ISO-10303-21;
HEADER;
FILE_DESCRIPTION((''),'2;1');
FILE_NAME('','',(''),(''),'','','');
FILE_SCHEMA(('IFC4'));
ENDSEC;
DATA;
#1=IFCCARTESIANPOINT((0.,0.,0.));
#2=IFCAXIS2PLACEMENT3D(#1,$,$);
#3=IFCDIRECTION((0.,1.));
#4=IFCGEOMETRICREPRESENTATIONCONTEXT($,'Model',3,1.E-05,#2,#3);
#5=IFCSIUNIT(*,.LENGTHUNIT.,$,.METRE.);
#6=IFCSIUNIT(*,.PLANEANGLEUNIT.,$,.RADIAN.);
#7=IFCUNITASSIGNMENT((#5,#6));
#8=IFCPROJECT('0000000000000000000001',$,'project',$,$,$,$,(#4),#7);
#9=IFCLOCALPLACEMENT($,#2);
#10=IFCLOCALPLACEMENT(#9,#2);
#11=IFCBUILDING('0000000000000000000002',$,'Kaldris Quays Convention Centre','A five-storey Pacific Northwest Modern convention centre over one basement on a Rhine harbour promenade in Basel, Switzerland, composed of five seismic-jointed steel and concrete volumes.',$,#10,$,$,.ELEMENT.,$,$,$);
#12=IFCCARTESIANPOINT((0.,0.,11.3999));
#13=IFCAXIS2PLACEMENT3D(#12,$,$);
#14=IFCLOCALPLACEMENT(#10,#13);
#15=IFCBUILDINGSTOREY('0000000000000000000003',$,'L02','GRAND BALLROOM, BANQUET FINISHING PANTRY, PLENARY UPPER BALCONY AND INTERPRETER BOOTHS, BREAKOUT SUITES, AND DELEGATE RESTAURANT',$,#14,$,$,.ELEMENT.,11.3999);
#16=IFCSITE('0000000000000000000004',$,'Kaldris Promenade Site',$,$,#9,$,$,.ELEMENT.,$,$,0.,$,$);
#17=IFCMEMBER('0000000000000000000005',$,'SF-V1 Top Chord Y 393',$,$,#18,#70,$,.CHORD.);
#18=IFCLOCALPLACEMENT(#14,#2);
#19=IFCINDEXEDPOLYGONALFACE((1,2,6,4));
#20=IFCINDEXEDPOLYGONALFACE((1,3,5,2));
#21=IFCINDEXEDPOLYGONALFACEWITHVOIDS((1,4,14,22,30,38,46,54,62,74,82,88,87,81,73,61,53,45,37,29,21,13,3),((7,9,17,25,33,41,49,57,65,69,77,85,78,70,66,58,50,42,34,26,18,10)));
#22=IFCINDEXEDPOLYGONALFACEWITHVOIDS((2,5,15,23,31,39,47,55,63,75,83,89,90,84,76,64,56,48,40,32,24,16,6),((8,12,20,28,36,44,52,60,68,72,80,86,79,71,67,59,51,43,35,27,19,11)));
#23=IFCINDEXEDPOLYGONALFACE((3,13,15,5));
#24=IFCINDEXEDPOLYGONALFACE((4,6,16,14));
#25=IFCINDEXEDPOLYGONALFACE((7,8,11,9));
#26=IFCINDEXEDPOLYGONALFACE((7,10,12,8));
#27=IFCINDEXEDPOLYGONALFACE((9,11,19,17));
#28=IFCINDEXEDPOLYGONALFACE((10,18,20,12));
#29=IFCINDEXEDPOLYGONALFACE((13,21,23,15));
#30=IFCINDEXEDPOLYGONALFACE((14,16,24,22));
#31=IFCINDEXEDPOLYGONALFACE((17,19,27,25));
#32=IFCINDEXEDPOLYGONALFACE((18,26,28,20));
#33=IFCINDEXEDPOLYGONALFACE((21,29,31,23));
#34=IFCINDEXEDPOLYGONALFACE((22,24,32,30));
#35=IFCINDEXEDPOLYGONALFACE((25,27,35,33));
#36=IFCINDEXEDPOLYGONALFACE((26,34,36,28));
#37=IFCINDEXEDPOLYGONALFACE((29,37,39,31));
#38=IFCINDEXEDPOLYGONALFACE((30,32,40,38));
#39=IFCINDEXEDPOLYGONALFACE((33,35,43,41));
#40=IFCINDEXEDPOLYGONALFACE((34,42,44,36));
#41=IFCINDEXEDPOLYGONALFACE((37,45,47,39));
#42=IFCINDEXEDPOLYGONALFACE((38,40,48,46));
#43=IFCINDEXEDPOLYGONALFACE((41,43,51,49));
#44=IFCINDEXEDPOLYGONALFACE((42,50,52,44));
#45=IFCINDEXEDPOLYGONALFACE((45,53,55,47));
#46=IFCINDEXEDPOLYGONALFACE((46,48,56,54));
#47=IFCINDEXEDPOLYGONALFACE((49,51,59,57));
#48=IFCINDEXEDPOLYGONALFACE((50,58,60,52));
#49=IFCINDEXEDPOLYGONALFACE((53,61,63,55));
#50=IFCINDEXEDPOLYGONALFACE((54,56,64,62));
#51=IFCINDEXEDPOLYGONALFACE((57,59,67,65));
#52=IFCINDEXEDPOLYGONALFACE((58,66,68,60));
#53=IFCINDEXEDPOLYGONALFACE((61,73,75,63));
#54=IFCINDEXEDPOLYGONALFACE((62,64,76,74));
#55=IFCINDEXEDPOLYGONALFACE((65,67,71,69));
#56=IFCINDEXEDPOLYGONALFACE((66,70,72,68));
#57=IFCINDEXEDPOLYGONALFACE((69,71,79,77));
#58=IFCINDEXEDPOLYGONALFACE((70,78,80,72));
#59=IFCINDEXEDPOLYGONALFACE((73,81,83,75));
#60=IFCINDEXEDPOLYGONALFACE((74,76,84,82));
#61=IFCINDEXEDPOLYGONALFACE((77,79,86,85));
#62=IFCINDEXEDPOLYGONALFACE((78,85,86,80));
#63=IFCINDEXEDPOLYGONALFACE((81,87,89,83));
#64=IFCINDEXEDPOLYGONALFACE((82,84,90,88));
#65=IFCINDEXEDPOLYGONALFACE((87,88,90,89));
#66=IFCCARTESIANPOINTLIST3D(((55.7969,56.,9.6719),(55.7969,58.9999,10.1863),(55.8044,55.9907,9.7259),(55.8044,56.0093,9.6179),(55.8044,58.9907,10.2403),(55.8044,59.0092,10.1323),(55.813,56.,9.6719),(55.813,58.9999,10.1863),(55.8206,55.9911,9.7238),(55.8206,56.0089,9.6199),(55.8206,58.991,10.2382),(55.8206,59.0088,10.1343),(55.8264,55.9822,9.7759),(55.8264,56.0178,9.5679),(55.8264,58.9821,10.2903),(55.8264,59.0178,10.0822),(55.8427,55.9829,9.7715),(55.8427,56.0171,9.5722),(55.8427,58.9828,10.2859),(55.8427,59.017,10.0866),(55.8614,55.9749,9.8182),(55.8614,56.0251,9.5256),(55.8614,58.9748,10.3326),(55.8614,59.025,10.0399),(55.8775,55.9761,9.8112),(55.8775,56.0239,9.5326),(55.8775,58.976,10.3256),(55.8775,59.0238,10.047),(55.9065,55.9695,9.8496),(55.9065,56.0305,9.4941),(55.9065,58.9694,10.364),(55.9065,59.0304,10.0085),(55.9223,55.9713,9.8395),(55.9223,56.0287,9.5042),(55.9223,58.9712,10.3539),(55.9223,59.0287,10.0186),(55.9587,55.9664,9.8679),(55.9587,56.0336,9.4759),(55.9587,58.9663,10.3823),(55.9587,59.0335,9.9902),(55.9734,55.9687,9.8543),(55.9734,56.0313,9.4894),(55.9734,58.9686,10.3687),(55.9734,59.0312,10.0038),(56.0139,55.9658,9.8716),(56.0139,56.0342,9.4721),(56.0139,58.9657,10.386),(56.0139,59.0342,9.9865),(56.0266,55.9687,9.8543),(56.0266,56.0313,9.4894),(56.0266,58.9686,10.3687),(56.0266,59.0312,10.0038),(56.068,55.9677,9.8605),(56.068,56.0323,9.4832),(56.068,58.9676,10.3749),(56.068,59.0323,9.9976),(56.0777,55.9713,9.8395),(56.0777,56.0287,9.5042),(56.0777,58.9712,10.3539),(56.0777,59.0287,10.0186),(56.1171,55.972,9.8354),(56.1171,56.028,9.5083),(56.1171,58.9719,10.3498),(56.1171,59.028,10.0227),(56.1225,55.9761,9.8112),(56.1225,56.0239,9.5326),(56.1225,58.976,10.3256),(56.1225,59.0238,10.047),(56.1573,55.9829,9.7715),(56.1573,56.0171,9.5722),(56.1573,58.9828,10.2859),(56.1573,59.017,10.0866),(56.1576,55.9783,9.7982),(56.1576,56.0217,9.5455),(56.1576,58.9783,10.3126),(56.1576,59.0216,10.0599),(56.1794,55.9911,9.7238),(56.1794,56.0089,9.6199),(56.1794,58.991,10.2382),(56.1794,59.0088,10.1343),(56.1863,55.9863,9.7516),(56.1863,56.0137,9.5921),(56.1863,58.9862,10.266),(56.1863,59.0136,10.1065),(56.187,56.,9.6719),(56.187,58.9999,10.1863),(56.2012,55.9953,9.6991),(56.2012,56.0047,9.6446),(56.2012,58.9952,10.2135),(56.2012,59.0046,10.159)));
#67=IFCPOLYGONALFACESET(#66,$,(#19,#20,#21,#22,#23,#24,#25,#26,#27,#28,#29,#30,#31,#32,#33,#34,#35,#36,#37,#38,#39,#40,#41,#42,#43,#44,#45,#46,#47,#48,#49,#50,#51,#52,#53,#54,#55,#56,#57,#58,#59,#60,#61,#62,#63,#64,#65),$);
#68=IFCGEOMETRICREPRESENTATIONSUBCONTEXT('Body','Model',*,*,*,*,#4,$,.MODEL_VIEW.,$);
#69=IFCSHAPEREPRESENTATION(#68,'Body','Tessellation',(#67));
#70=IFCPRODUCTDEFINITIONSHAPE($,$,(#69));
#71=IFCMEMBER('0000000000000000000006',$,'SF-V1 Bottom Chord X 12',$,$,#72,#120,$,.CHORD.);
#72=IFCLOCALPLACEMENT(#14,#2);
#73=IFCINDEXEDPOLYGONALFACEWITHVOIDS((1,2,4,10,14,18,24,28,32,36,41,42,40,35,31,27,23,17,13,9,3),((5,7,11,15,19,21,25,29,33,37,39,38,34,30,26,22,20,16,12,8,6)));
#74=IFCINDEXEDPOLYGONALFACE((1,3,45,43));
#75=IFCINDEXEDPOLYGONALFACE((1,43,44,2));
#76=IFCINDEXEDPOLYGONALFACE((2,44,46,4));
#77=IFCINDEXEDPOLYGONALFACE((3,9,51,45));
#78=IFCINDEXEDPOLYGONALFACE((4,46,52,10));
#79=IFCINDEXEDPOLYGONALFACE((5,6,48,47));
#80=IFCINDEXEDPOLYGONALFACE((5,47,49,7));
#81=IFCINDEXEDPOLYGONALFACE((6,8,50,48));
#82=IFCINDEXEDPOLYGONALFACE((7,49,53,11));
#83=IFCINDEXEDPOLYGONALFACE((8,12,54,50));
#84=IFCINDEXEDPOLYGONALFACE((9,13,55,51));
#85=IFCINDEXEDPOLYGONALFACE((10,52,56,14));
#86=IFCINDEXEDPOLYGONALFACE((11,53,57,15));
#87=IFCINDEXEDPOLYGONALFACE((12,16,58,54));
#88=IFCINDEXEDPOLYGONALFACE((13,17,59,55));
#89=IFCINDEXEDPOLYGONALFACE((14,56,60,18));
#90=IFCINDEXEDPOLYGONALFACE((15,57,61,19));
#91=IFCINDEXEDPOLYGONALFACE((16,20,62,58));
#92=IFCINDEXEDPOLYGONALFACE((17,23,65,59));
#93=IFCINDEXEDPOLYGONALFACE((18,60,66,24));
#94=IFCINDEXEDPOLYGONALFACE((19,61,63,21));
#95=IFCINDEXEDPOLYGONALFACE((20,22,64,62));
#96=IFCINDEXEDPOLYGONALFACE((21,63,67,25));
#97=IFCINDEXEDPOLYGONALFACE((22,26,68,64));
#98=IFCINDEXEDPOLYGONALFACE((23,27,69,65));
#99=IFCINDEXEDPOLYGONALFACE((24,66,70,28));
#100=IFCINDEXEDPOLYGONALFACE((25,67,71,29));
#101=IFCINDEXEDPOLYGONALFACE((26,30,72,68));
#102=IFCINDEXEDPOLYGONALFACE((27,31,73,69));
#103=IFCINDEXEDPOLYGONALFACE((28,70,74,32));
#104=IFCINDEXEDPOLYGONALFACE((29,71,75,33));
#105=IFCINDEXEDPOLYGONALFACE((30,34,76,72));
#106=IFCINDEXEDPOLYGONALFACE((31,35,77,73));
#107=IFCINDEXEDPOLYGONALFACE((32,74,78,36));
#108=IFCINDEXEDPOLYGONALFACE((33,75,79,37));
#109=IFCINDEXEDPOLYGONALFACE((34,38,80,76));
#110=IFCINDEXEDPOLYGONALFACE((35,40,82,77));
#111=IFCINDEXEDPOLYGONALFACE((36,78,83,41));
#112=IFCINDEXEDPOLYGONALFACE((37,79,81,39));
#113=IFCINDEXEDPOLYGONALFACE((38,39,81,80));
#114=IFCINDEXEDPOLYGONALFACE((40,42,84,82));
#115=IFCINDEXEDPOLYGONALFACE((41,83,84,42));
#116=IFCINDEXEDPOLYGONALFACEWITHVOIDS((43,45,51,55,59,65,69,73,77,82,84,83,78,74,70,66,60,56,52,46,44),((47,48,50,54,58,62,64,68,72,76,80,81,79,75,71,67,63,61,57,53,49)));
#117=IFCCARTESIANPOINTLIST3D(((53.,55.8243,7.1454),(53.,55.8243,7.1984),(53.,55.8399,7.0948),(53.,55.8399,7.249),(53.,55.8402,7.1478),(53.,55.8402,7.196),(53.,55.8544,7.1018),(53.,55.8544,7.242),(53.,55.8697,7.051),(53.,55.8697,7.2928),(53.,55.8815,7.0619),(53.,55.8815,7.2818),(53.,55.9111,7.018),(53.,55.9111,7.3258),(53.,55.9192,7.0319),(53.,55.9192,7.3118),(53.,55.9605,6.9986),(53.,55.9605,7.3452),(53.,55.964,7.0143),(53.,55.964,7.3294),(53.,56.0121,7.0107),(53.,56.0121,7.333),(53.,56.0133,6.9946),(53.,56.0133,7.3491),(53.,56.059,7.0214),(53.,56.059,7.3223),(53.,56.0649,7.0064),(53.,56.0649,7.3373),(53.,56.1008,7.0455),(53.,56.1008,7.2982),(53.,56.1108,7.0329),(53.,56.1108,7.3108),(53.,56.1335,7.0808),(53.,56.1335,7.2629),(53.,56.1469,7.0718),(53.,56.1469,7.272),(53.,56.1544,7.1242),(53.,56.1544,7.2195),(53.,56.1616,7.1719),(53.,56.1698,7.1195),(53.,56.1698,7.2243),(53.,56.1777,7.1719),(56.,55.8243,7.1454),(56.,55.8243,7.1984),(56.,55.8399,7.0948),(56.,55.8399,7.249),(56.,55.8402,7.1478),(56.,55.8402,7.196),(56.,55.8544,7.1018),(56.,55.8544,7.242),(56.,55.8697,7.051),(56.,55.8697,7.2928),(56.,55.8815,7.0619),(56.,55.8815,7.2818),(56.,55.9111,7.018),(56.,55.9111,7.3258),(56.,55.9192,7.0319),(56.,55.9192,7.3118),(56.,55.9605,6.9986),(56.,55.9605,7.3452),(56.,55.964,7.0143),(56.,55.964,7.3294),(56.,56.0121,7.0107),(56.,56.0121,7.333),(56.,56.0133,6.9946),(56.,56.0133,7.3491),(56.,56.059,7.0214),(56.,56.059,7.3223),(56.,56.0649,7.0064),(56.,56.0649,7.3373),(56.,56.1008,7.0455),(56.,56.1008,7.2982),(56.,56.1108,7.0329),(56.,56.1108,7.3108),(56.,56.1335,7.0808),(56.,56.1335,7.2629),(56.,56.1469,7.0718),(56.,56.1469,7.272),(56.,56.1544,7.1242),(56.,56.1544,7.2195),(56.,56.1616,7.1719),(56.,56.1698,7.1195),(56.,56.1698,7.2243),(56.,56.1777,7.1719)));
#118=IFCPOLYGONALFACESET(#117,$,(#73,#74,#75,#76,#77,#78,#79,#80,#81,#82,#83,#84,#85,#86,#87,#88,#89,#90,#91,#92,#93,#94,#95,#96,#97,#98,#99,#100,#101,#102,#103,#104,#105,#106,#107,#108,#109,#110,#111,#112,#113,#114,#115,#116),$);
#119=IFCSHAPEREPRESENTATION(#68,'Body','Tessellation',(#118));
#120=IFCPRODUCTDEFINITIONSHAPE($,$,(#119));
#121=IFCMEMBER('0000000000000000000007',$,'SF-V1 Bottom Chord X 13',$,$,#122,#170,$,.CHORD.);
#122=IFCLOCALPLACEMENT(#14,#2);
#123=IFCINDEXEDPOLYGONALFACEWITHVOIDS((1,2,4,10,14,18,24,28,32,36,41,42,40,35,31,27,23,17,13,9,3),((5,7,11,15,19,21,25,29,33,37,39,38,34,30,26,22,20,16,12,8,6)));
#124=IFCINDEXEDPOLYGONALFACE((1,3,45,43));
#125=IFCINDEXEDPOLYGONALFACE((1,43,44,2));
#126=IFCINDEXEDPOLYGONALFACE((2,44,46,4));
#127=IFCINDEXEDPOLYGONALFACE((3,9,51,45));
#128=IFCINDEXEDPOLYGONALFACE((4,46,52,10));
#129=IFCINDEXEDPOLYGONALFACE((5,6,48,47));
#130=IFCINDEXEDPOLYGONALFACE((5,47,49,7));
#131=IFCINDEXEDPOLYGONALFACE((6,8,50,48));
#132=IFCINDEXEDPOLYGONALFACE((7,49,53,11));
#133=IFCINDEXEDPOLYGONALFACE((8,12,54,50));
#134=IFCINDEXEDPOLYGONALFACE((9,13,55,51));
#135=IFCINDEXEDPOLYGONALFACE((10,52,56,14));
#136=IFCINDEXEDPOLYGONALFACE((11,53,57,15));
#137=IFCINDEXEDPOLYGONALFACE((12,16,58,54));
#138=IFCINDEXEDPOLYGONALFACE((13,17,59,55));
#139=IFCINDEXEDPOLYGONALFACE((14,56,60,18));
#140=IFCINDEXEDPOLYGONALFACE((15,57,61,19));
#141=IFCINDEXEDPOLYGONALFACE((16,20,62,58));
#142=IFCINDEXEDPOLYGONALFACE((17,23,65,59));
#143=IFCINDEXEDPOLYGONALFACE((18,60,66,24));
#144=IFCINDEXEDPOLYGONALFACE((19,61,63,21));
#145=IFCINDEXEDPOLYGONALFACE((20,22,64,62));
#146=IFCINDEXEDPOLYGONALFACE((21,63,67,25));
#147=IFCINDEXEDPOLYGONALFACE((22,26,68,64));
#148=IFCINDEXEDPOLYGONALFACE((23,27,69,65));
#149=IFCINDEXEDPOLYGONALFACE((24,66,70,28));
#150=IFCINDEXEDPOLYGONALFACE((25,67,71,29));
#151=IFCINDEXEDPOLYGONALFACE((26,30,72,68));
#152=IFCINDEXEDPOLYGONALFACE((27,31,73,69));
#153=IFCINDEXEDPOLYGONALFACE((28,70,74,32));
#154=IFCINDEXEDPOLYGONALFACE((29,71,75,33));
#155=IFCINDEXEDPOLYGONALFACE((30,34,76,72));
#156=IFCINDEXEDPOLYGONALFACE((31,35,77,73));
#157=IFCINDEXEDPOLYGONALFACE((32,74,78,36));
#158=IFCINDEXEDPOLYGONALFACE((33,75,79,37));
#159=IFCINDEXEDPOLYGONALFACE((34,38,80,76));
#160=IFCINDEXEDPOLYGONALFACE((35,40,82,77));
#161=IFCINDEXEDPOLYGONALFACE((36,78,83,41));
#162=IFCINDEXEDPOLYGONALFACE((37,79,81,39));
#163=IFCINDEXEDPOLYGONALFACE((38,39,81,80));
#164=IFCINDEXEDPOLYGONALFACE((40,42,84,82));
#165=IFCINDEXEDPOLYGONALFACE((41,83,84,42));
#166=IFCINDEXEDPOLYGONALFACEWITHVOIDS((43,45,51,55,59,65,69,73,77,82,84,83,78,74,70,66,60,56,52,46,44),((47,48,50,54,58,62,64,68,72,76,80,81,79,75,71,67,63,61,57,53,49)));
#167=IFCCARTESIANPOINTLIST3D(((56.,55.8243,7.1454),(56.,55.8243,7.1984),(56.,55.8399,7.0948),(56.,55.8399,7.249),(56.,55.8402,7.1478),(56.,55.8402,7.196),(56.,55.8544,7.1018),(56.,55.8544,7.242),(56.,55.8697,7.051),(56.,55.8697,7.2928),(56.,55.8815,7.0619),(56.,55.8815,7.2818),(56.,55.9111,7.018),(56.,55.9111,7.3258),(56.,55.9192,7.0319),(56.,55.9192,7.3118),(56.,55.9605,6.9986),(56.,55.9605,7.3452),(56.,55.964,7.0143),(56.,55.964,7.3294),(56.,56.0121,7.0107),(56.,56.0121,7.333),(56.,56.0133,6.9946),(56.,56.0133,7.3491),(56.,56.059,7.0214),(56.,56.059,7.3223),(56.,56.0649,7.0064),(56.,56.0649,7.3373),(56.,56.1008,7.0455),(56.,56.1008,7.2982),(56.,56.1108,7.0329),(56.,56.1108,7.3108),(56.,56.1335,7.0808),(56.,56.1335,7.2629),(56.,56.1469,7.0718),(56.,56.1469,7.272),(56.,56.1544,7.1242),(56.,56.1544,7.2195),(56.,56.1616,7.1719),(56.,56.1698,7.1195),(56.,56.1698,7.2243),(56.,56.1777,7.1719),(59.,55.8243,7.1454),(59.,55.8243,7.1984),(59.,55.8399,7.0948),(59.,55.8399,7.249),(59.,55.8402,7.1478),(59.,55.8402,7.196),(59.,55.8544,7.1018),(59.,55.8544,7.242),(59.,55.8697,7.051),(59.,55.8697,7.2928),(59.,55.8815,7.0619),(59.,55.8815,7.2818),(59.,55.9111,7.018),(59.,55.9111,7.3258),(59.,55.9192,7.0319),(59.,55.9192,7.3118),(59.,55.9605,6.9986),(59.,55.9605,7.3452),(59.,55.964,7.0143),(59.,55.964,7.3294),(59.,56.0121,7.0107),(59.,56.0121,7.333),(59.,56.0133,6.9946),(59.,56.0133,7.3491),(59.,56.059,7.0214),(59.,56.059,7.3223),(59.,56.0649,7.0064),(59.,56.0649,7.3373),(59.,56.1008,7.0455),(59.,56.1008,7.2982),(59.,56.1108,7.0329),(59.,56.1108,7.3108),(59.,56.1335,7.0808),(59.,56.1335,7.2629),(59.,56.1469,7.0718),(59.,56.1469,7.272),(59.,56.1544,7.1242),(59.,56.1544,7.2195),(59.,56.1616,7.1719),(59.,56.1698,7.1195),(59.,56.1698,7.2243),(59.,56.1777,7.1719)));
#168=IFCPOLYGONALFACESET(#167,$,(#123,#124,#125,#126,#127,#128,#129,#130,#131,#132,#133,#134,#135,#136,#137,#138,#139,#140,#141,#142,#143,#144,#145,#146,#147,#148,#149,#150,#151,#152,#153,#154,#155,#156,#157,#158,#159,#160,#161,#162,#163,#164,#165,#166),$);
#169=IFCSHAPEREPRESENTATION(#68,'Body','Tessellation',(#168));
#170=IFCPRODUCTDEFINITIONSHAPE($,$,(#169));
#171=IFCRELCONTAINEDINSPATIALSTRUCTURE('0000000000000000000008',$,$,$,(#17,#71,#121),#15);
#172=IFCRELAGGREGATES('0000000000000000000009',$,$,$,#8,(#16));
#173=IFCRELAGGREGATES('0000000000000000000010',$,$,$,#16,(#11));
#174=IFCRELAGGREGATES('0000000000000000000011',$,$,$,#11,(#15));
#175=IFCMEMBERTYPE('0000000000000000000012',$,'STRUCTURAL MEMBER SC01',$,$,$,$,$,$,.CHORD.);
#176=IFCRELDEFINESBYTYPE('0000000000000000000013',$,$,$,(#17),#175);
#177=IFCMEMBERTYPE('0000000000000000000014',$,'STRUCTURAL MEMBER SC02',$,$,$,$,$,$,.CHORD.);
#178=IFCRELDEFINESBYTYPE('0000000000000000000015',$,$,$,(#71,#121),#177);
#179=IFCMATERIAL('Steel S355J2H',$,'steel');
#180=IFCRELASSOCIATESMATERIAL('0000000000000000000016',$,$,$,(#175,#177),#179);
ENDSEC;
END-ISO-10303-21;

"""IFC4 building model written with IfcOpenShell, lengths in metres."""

from ifc_helpers import new_model, si_unit, direction, frame, origin, origin_2d, place, context, subcontext, project, spatial, hollow_circle, extrude, material, material_profile, profile_set, type_object, element, save


model = new_model("IFC4")

# Units and contexts
model_context = context("Model", 3, precision=1e-05, world=origin(), true_north=direction((0.0, 1.0)))
body_context = subcontext(model_context, "Body", "Model", "MODEL_VIEW")
ifc_project = project(units=[si_unit("LENGTHUNIT", "METRE"), si_unit("PLANEANGLEUNIT", "RADIAN")], contexts=[model_context])

# Site, building, storey
site_placement = place(None, origin())
site = spatial("IfcSite", under=ifc_project, at=site_placement, Name="Kaldris Promenade Site", CompositionType="ELEMENT", RefElevation=0.0)
building_placement = place(site_placement, origin())
building = spatial("IfcBuilding", under=site, at=building_placement, Name="Kaldris Quays Convention Centre", Description="A five-storey Pacific Northwest Modern convention centre over one basement on a Rhine harbour promenade in Basel, Switzerland, composed of five seismic-jointed steel and concrete volumes.", CompositionType="ELEMENT")
storey_placement = place(building_placement, frame((0.0, 0.0, 11.3999)))
storey = spatial("IfcBuildingStorey", under=building, at=storey_placement, Name="L02", Description="GRAND BALLROOM, BANQUET FINISHING PANTRY, PLENARY UPPER BALCONY AND INTERPRETER BOOTHS, BREAKOUT SUITES, AND DELEGATE RESTAURANT", CompositionType="ELEMENT", Elevation=11.3999)

# Members
ifc_material_1 = material(Name="Steel S355J2H", Category="steel")
ifc_material_profile_1 = material_profile(ifc_material_1, hollow_circle(Radius=0.2031, WallThickness=0.0161, at=origin_2d()), Name="CHS 406.4x16")
ifc_profile_set_1 = profile_set([ifc_material_profile_1], Name="Steel S355J2H")
member_type_1 = type_object("IfcMemberType", Name="STRUCTURAL MEMBER SC01", PredefinedType="CHORD", material=ifc_profile_set_1)
member_1_placement = place(storey_placement, frame((56.0, 56.0, 9.6719), z_axis=(0.0, 0.985616, 0.169002), x_axis=(-1.0, 0.0, 0.0)))
element("IfcMember", 1, at=member_1_placement, inside=storey, type_object=member_type_1, Name="SF-V1 Top Chord Y 393", PredefinedType="CHORD", context=body_context, shape_type="SweptSolid", body=[
    extrude(hollow_circle(Radius=0.2031, WallThickness=0.0161, at=origin_2d()), origin(), (0.0, 0.0, 1.0), 3.0437),
])
ifc_material_profile_2 = material_profile(ifc_material_1, hollow_circle(Radius=0.1777, WallThickness=0.0161, at=origin_2d()), Name="CHS 355.6x16")
ifc_profile_set_2 = profile_set([ifc_material_profile_2], Name="Steel S355J2H")
member_type_2 = type_object("IfcMemberType", Name="STRUCTURAL MEMBER SC02", PredefinedType="CHORD", material=ifc_profile_set_2)
for number, where, z_axis, x_axis, name in (
    (2, (53.0, 56.0, 7.1719), (1.0, 0.0, 0.0), (0.0, 1.0, 0.0), "SF-V1 Bottom Chord X 12"),
    (3, (56.0, 56.0, 7.1719), (1.0, 0.0, 0.0), (0.0, 1.0, 0.0), "SF-V1 Bottom Chord X 13"),
):
    element("IfcMember", number, at=place(storey_placement, frame(where, z_axis=z_axis, x_axis=x_axis)), inside=storey, type_object=member_type_2, Name=name, PredefinedType="CHORD", context=body_context, shape_type="SweptSolid", body=[
        extrude(hollow_circle(Radius=0.1777, WallThickness=0.0161, at=origin_2d()), origin(), (0.0, 0.0, 1.0), 3.0),
    ])

save(model, "model.ifc")
